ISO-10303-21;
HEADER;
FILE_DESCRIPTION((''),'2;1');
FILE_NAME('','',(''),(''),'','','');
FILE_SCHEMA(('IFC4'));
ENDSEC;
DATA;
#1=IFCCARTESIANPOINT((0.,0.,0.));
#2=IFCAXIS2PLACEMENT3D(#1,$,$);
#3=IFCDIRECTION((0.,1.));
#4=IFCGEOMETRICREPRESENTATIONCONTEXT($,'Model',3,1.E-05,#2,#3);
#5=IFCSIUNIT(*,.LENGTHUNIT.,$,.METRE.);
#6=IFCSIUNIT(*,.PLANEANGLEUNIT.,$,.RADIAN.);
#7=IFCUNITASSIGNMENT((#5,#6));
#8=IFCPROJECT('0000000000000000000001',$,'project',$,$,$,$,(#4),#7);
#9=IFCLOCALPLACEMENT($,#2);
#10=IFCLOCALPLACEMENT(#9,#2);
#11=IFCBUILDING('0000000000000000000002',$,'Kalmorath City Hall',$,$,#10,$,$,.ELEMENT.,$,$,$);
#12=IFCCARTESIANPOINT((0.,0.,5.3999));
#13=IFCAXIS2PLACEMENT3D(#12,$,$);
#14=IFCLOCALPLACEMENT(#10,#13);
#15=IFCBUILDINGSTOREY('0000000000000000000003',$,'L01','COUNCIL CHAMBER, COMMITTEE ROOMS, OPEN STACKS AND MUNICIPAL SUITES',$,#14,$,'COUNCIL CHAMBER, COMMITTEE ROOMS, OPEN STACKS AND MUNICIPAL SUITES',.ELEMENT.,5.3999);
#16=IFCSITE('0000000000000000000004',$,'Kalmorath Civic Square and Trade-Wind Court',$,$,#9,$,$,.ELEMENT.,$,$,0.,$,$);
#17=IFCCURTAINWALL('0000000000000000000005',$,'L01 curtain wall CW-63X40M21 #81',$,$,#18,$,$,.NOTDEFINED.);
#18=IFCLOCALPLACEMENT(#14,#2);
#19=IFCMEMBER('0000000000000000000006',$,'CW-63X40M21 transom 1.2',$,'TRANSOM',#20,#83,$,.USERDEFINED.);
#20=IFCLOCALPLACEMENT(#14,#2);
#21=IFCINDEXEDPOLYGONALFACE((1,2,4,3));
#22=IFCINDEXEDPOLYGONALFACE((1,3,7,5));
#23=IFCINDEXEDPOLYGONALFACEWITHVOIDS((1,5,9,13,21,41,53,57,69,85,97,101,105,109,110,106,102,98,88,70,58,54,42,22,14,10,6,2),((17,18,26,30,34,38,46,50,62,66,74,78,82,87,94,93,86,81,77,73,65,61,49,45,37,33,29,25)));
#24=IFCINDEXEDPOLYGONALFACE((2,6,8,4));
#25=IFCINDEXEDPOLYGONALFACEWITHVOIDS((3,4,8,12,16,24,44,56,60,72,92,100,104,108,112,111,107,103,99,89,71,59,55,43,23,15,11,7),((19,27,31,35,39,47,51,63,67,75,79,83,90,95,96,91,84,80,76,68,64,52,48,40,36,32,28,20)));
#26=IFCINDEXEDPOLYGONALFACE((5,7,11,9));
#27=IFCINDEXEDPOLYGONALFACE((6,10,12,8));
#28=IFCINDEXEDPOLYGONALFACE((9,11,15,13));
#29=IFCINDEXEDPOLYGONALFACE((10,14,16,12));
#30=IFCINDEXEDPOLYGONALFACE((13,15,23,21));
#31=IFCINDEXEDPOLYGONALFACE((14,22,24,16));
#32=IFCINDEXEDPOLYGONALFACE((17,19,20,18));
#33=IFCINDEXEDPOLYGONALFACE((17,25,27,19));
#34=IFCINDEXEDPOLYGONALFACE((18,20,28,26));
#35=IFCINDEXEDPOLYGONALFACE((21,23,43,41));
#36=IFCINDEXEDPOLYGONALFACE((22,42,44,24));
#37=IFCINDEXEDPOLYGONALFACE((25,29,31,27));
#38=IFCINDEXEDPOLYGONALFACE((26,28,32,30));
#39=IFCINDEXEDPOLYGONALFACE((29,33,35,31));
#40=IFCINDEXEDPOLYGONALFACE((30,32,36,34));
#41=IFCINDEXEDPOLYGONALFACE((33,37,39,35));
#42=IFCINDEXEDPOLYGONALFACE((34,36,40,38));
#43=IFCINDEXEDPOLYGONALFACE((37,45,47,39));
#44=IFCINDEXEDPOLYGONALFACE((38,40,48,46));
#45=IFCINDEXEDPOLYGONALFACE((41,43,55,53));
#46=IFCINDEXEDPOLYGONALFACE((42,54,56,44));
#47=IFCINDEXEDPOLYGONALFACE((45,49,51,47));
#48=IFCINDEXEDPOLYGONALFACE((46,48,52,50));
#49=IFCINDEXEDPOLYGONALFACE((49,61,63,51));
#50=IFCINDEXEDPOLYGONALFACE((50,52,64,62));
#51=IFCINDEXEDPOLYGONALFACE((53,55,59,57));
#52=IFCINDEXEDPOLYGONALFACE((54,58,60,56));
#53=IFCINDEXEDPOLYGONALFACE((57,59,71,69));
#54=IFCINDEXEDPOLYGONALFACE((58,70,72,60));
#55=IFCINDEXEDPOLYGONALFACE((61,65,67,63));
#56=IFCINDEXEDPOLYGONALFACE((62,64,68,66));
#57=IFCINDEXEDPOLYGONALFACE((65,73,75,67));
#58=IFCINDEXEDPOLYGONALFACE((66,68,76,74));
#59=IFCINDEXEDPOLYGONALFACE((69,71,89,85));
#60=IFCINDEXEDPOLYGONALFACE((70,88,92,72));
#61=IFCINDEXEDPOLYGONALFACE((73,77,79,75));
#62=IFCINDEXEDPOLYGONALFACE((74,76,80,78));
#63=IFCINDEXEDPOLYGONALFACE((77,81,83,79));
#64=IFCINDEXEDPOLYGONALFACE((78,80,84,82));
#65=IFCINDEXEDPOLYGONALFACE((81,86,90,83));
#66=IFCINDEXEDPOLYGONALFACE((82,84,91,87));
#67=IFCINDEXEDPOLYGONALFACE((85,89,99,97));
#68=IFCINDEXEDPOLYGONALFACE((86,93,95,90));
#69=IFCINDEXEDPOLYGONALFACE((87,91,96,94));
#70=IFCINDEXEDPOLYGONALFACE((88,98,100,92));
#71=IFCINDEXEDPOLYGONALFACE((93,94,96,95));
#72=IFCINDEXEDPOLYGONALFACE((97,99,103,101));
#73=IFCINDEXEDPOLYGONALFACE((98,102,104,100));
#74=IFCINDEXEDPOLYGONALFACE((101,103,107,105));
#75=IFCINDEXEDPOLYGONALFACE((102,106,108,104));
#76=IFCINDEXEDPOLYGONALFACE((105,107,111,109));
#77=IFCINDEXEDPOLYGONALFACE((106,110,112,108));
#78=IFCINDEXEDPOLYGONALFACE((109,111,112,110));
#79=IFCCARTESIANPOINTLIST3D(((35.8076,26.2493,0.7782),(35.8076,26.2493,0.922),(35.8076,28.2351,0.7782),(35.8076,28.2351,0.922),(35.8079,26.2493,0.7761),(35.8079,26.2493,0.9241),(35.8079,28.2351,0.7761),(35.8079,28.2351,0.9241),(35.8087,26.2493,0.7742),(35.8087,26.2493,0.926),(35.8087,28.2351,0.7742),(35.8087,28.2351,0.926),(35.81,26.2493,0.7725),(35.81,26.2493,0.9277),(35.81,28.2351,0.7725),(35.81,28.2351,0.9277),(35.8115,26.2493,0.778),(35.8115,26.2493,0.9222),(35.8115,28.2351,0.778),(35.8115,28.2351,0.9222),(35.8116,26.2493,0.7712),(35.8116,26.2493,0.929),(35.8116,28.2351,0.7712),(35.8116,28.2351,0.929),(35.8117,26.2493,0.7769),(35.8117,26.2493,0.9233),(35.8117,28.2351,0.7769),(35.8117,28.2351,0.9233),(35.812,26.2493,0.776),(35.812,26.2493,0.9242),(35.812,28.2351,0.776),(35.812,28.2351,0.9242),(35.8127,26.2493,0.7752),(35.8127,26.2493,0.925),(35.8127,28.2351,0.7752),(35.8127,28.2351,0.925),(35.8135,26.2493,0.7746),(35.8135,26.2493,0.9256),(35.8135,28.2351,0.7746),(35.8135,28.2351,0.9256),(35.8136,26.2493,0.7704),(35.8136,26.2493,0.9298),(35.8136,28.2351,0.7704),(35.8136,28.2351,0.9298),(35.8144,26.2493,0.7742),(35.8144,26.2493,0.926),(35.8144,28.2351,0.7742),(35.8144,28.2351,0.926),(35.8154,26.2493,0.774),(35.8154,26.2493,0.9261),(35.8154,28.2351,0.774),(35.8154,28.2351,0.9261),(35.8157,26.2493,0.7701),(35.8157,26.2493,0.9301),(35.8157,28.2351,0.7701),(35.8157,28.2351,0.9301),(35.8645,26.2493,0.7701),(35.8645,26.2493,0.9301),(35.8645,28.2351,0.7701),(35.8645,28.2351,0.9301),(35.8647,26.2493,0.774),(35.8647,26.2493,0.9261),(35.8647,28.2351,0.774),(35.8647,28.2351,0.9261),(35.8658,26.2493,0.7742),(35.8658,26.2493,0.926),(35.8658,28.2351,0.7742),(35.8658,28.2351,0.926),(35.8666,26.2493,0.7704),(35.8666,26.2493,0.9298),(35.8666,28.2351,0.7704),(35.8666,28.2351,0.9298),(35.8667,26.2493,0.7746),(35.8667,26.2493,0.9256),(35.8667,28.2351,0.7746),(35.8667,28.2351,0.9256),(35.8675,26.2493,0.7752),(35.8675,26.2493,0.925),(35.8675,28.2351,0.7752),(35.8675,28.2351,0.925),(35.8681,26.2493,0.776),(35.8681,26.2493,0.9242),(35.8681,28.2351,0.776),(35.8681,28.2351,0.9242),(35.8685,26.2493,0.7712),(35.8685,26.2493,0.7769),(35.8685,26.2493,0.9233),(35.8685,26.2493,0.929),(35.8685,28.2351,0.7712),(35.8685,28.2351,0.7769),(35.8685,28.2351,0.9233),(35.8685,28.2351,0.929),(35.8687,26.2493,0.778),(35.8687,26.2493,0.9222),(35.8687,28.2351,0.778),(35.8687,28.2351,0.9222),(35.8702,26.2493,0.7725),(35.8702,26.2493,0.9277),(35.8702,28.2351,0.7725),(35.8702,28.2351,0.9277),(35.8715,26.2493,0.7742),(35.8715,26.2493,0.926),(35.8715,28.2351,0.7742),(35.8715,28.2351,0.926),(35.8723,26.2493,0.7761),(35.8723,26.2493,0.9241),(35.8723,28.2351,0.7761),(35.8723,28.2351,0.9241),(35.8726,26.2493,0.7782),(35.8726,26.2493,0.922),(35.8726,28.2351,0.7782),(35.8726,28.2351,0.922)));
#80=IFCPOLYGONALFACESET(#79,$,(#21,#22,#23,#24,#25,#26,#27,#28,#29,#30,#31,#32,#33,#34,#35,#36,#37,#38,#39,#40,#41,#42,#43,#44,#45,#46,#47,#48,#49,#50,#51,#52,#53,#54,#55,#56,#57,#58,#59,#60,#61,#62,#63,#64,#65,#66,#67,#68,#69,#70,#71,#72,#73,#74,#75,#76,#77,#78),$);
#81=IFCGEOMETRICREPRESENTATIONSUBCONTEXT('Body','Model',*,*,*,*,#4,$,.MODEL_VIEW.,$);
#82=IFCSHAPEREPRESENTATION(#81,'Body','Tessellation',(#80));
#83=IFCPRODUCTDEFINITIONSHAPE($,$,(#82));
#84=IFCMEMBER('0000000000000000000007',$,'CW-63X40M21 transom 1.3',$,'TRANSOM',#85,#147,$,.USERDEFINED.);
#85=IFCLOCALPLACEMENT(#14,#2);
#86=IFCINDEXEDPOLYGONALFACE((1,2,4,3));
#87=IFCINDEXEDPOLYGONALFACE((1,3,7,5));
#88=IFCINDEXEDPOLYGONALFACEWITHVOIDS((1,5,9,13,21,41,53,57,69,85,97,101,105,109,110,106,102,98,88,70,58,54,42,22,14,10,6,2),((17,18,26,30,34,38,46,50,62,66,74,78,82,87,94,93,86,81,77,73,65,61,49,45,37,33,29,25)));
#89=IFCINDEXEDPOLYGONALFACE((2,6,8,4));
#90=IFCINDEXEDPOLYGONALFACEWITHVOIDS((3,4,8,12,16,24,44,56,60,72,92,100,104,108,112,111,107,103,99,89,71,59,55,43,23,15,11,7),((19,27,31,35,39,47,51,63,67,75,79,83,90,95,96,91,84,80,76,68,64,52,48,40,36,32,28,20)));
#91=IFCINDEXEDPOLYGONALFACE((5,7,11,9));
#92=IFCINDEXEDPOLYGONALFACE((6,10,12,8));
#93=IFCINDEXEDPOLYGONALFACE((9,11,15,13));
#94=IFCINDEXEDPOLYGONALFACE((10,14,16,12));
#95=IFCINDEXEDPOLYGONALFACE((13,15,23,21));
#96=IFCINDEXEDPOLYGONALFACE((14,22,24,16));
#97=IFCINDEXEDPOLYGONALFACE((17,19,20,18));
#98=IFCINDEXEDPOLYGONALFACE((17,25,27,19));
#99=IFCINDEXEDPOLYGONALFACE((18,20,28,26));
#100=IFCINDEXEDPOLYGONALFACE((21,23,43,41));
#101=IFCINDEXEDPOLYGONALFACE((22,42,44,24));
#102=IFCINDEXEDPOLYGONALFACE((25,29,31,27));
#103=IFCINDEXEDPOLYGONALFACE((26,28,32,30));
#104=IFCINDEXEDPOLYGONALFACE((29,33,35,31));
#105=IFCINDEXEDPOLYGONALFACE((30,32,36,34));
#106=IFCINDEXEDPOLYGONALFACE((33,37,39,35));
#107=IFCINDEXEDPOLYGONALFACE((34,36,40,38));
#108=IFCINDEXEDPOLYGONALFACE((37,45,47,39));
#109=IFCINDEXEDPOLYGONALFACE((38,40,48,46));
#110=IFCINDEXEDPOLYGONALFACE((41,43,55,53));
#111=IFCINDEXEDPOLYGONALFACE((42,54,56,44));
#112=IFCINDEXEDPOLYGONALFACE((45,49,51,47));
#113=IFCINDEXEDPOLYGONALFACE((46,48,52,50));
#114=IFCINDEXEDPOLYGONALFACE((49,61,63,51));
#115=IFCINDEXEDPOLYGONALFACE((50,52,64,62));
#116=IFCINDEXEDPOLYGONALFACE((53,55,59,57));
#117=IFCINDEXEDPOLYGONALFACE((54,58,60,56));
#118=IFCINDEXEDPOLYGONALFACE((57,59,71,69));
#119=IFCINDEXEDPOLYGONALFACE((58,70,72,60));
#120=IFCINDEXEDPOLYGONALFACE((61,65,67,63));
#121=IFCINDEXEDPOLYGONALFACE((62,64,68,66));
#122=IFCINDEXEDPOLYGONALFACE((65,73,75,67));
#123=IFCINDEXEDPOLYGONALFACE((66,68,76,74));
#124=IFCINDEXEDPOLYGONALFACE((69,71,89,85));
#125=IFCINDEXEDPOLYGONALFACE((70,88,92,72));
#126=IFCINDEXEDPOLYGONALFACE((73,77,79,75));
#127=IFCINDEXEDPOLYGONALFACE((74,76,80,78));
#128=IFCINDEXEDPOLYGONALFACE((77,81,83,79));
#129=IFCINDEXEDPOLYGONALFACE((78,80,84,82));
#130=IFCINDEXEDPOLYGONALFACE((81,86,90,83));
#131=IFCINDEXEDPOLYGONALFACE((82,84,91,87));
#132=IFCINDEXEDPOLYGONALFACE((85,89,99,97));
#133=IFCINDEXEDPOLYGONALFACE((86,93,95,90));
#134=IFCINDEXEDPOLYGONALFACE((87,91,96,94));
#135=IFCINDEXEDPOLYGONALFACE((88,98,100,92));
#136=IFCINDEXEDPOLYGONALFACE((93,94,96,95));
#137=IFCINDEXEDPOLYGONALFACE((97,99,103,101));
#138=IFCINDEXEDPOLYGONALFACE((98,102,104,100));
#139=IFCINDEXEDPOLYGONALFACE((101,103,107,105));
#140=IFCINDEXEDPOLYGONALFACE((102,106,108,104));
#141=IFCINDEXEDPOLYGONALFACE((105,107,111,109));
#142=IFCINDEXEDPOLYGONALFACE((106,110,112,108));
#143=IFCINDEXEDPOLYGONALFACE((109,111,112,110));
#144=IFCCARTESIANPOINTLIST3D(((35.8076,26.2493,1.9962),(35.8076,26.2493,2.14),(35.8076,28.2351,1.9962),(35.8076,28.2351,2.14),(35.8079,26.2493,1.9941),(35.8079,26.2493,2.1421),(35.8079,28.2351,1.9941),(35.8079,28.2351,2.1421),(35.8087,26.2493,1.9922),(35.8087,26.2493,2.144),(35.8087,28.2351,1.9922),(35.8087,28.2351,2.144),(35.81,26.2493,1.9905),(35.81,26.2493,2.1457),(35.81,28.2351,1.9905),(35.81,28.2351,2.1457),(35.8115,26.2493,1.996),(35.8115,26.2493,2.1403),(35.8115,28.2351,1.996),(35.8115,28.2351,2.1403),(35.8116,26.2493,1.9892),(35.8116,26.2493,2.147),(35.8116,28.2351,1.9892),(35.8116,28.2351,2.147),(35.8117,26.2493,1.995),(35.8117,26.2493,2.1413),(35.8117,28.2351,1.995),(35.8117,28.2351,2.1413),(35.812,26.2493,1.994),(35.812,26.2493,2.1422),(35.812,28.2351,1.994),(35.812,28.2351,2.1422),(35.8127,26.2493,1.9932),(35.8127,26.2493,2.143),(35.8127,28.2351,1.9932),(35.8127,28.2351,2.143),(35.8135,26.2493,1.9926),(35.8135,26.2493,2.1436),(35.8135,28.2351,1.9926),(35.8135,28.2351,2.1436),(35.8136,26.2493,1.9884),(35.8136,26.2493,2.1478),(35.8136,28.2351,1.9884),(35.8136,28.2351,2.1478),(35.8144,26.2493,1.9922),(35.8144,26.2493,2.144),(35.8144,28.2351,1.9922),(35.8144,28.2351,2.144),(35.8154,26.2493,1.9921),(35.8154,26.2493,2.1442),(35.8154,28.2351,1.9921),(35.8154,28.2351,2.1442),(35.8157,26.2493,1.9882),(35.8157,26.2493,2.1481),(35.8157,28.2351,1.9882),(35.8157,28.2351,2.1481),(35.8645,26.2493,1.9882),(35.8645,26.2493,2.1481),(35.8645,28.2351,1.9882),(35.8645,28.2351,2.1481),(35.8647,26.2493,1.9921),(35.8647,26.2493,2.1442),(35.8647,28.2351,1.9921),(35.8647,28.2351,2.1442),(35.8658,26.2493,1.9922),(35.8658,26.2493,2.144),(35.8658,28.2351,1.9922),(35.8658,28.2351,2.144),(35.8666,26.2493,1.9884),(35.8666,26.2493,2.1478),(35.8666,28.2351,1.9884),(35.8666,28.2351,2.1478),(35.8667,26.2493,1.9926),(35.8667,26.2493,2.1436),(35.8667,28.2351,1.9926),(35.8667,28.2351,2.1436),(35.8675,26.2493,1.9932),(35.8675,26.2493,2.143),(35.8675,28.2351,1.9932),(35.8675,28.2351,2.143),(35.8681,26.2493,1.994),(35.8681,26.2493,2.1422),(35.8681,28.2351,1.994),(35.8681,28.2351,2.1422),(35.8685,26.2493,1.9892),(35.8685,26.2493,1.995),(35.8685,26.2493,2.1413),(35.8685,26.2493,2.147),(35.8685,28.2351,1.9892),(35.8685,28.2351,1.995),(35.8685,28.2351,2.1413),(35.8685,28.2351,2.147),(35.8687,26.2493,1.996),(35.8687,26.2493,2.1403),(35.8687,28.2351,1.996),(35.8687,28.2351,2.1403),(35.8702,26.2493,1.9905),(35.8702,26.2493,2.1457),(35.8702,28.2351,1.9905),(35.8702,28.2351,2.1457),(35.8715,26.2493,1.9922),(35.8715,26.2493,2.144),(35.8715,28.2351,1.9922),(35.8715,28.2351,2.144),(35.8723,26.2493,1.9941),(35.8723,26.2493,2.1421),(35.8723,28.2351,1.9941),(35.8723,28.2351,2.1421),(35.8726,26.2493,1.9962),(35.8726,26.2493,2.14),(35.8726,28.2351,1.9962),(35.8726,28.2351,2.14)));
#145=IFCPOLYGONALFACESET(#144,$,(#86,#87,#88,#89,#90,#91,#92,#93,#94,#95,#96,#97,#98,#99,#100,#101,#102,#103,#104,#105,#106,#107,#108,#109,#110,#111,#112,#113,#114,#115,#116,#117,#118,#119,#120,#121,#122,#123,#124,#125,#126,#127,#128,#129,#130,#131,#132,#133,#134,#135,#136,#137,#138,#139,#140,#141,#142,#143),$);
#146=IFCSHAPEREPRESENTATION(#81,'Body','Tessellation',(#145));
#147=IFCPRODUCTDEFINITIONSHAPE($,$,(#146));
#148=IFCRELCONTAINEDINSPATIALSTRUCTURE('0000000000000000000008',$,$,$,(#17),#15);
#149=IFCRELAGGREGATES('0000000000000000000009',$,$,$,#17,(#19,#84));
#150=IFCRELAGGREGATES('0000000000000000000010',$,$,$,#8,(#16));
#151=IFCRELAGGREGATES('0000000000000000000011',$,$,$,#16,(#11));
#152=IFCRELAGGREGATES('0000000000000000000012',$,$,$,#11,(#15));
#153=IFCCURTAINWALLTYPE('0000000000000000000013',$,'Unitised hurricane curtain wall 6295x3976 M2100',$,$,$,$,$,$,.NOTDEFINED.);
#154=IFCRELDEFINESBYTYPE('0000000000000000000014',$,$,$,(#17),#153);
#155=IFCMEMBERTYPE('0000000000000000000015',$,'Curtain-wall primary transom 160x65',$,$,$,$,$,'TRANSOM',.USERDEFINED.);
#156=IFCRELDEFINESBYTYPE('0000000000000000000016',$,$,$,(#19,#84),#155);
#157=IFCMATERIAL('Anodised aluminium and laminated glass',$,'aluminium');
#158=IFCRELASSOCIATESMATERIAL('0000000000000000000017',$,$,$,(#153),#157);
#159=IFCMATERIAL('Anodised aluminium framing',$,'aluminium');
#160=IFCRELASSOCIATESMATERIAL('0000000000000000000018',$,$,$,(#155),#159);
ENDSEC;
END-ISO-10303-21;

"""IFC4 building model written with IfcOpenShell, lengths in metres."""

from ifc_helpers import new_model, si_unit, direction, frame, origin, origin_2d, place, context, subcontext, project, spatial, hollow_rectangle, extrude, material, material_profile, profile_set, type_object, element, aggregate, save


model = new_model("IFC4")

# Units and contexts
model_context = context("Model", 3, precision=1e-05, world=origin(), true_north=direction((0.0, 1.0)))
body_context = subcontext(model_context, "Body", "Model", "MODEL_VIEW")
ifc_project = project(units=[si_unit("LENGTHUNIT", "METRE"), si_unit("PLANEANGLEUNIT", "RADIAN")], contexts=[model_context])

# Site, building, storey
site_placement = place(None, origin())
site = spatial("IfcSite", under=ifc_project, at=site_placement, Name="Kalmorath Civic Square and Trade-Wind Court", CompositionType="ELEMENT", RefElevation=0.0)
building_placement = place(site_placement, origin())
building = spatial("IfcBuilding", under=site, at=building_placement, Name="Kalmorath City Hall", CompositionType="ELEMENT")
storey_placement = place(building_placement, frame((0.0, 0.0, 5.3999)))
storey = spatial("IfcBuildingStorey", under=building, at=storey_placement, Name="L01", Description="COUNCIL CHAMBER, COMMITTEE ROOMS, OPEN STACKS AND MUNICIPAL SUITES", LongName="COUNCIL CHAMBER, COMMITTEE ROOMS, OPEN STACKS AND MUNICIPAL SUITES", CompositionType="ELEMENT", Elevation=5.3999)

# Curtain wall, members
ifc_material_1 = material(Name="Anodised aluminium and laminated glass", Category="aluminium")
curtain_wall_type = type_object("IfcCurtainWallType", Name="Unitised hurricane curtain wall 6295x3976 M2100", PredefinedType="NOTDEFINED", material=ifc_material_1)
curtain_wall_placement = place(storey_placement, origin())
curtain_wall = element("IfcCurtainWall", 1, at=curtain_wall_placement, inside=storey, type_object=curtain_wall_type, Name="L01 curtain wall CW-63X40M21 #81", PredefinedType="NOTDEFINED")
ifc_material_2 = material(Name="Anodised aluminium framing", Category="aluminium")
ifc_material_profile_1 = material_profile(ifc_material_2, hollow_rectangle(XDim=0.0649, YDim=0.1599, WallThickness=0.0039, InnerFilletRadius=0.0039, OuterFilletRadius=0.0081, at=origin_2d()), Name="ALU-TRN-160X65X4")
ifc_profile_set_1 = profile_set([ifc_material_profile_1], Name="Anodised aluminium framing")
member_type_1 = type_object("IfcMemberType", Name="Curtain-wall primary transom 160x65", ElementType="TRANSOM", PredefinedType="USERDEFINED", material=ifc_profile_set_1)
member_1_placement = place(storey_placement, frame((35.8401, 28.2351, 0.8501), z_axis=(0.0, -1.0, 0.0), x_axis=(1.0, 0.0, 0.0)))
member_1 = element("IfcMember", 2, at=member_1_placement, type_object=member_type_1, Name="CW-63X40M21 transom 1.2", ObjectType="TRANSOM", PredefinedType="USERDEFINED", context=body_context, shape_type="SweptSolid", body=[
    extrude(hollow_rectangle(XDim=0.0649, YDim=0.1599, WallThickness=0.0039, InnerFilletRadius=0.0039, OuterFilletRadius=0.0081, at=origin_2d()), origin(), (0.0, 0.0, 1.0), 1.9858),
])
member_2_placement = place(storey_placement, frame((35.8401, 28.2351, 2.0681), z_axis=(0.0, -1.0, 0.0), x_axis=(1.0, 0.0, 0.0)))
member_2 = element("IfcMember", 3, at=member_2_placement, type_object=member_type_1, Name="CW-63X40M21 transom 1.3", ObjectType="TRANSOM", PredefinedType="USERDEFINED", context=body_context, shape_type="SweptSolid", body=[
    extrude(hollow_rectangle(XDim=0.0649, YDim=0.1599, WallThickness=0.0039, InnerFilletRadius=0.0039, OuterFilletRadius=0.0081, at=origin_2d()), origin(), (0.0, 0.0, 1.0), 1.9858),
])
aggregate(curtain_wall, [member_1, member_2])

save(model, "model.ifc")
